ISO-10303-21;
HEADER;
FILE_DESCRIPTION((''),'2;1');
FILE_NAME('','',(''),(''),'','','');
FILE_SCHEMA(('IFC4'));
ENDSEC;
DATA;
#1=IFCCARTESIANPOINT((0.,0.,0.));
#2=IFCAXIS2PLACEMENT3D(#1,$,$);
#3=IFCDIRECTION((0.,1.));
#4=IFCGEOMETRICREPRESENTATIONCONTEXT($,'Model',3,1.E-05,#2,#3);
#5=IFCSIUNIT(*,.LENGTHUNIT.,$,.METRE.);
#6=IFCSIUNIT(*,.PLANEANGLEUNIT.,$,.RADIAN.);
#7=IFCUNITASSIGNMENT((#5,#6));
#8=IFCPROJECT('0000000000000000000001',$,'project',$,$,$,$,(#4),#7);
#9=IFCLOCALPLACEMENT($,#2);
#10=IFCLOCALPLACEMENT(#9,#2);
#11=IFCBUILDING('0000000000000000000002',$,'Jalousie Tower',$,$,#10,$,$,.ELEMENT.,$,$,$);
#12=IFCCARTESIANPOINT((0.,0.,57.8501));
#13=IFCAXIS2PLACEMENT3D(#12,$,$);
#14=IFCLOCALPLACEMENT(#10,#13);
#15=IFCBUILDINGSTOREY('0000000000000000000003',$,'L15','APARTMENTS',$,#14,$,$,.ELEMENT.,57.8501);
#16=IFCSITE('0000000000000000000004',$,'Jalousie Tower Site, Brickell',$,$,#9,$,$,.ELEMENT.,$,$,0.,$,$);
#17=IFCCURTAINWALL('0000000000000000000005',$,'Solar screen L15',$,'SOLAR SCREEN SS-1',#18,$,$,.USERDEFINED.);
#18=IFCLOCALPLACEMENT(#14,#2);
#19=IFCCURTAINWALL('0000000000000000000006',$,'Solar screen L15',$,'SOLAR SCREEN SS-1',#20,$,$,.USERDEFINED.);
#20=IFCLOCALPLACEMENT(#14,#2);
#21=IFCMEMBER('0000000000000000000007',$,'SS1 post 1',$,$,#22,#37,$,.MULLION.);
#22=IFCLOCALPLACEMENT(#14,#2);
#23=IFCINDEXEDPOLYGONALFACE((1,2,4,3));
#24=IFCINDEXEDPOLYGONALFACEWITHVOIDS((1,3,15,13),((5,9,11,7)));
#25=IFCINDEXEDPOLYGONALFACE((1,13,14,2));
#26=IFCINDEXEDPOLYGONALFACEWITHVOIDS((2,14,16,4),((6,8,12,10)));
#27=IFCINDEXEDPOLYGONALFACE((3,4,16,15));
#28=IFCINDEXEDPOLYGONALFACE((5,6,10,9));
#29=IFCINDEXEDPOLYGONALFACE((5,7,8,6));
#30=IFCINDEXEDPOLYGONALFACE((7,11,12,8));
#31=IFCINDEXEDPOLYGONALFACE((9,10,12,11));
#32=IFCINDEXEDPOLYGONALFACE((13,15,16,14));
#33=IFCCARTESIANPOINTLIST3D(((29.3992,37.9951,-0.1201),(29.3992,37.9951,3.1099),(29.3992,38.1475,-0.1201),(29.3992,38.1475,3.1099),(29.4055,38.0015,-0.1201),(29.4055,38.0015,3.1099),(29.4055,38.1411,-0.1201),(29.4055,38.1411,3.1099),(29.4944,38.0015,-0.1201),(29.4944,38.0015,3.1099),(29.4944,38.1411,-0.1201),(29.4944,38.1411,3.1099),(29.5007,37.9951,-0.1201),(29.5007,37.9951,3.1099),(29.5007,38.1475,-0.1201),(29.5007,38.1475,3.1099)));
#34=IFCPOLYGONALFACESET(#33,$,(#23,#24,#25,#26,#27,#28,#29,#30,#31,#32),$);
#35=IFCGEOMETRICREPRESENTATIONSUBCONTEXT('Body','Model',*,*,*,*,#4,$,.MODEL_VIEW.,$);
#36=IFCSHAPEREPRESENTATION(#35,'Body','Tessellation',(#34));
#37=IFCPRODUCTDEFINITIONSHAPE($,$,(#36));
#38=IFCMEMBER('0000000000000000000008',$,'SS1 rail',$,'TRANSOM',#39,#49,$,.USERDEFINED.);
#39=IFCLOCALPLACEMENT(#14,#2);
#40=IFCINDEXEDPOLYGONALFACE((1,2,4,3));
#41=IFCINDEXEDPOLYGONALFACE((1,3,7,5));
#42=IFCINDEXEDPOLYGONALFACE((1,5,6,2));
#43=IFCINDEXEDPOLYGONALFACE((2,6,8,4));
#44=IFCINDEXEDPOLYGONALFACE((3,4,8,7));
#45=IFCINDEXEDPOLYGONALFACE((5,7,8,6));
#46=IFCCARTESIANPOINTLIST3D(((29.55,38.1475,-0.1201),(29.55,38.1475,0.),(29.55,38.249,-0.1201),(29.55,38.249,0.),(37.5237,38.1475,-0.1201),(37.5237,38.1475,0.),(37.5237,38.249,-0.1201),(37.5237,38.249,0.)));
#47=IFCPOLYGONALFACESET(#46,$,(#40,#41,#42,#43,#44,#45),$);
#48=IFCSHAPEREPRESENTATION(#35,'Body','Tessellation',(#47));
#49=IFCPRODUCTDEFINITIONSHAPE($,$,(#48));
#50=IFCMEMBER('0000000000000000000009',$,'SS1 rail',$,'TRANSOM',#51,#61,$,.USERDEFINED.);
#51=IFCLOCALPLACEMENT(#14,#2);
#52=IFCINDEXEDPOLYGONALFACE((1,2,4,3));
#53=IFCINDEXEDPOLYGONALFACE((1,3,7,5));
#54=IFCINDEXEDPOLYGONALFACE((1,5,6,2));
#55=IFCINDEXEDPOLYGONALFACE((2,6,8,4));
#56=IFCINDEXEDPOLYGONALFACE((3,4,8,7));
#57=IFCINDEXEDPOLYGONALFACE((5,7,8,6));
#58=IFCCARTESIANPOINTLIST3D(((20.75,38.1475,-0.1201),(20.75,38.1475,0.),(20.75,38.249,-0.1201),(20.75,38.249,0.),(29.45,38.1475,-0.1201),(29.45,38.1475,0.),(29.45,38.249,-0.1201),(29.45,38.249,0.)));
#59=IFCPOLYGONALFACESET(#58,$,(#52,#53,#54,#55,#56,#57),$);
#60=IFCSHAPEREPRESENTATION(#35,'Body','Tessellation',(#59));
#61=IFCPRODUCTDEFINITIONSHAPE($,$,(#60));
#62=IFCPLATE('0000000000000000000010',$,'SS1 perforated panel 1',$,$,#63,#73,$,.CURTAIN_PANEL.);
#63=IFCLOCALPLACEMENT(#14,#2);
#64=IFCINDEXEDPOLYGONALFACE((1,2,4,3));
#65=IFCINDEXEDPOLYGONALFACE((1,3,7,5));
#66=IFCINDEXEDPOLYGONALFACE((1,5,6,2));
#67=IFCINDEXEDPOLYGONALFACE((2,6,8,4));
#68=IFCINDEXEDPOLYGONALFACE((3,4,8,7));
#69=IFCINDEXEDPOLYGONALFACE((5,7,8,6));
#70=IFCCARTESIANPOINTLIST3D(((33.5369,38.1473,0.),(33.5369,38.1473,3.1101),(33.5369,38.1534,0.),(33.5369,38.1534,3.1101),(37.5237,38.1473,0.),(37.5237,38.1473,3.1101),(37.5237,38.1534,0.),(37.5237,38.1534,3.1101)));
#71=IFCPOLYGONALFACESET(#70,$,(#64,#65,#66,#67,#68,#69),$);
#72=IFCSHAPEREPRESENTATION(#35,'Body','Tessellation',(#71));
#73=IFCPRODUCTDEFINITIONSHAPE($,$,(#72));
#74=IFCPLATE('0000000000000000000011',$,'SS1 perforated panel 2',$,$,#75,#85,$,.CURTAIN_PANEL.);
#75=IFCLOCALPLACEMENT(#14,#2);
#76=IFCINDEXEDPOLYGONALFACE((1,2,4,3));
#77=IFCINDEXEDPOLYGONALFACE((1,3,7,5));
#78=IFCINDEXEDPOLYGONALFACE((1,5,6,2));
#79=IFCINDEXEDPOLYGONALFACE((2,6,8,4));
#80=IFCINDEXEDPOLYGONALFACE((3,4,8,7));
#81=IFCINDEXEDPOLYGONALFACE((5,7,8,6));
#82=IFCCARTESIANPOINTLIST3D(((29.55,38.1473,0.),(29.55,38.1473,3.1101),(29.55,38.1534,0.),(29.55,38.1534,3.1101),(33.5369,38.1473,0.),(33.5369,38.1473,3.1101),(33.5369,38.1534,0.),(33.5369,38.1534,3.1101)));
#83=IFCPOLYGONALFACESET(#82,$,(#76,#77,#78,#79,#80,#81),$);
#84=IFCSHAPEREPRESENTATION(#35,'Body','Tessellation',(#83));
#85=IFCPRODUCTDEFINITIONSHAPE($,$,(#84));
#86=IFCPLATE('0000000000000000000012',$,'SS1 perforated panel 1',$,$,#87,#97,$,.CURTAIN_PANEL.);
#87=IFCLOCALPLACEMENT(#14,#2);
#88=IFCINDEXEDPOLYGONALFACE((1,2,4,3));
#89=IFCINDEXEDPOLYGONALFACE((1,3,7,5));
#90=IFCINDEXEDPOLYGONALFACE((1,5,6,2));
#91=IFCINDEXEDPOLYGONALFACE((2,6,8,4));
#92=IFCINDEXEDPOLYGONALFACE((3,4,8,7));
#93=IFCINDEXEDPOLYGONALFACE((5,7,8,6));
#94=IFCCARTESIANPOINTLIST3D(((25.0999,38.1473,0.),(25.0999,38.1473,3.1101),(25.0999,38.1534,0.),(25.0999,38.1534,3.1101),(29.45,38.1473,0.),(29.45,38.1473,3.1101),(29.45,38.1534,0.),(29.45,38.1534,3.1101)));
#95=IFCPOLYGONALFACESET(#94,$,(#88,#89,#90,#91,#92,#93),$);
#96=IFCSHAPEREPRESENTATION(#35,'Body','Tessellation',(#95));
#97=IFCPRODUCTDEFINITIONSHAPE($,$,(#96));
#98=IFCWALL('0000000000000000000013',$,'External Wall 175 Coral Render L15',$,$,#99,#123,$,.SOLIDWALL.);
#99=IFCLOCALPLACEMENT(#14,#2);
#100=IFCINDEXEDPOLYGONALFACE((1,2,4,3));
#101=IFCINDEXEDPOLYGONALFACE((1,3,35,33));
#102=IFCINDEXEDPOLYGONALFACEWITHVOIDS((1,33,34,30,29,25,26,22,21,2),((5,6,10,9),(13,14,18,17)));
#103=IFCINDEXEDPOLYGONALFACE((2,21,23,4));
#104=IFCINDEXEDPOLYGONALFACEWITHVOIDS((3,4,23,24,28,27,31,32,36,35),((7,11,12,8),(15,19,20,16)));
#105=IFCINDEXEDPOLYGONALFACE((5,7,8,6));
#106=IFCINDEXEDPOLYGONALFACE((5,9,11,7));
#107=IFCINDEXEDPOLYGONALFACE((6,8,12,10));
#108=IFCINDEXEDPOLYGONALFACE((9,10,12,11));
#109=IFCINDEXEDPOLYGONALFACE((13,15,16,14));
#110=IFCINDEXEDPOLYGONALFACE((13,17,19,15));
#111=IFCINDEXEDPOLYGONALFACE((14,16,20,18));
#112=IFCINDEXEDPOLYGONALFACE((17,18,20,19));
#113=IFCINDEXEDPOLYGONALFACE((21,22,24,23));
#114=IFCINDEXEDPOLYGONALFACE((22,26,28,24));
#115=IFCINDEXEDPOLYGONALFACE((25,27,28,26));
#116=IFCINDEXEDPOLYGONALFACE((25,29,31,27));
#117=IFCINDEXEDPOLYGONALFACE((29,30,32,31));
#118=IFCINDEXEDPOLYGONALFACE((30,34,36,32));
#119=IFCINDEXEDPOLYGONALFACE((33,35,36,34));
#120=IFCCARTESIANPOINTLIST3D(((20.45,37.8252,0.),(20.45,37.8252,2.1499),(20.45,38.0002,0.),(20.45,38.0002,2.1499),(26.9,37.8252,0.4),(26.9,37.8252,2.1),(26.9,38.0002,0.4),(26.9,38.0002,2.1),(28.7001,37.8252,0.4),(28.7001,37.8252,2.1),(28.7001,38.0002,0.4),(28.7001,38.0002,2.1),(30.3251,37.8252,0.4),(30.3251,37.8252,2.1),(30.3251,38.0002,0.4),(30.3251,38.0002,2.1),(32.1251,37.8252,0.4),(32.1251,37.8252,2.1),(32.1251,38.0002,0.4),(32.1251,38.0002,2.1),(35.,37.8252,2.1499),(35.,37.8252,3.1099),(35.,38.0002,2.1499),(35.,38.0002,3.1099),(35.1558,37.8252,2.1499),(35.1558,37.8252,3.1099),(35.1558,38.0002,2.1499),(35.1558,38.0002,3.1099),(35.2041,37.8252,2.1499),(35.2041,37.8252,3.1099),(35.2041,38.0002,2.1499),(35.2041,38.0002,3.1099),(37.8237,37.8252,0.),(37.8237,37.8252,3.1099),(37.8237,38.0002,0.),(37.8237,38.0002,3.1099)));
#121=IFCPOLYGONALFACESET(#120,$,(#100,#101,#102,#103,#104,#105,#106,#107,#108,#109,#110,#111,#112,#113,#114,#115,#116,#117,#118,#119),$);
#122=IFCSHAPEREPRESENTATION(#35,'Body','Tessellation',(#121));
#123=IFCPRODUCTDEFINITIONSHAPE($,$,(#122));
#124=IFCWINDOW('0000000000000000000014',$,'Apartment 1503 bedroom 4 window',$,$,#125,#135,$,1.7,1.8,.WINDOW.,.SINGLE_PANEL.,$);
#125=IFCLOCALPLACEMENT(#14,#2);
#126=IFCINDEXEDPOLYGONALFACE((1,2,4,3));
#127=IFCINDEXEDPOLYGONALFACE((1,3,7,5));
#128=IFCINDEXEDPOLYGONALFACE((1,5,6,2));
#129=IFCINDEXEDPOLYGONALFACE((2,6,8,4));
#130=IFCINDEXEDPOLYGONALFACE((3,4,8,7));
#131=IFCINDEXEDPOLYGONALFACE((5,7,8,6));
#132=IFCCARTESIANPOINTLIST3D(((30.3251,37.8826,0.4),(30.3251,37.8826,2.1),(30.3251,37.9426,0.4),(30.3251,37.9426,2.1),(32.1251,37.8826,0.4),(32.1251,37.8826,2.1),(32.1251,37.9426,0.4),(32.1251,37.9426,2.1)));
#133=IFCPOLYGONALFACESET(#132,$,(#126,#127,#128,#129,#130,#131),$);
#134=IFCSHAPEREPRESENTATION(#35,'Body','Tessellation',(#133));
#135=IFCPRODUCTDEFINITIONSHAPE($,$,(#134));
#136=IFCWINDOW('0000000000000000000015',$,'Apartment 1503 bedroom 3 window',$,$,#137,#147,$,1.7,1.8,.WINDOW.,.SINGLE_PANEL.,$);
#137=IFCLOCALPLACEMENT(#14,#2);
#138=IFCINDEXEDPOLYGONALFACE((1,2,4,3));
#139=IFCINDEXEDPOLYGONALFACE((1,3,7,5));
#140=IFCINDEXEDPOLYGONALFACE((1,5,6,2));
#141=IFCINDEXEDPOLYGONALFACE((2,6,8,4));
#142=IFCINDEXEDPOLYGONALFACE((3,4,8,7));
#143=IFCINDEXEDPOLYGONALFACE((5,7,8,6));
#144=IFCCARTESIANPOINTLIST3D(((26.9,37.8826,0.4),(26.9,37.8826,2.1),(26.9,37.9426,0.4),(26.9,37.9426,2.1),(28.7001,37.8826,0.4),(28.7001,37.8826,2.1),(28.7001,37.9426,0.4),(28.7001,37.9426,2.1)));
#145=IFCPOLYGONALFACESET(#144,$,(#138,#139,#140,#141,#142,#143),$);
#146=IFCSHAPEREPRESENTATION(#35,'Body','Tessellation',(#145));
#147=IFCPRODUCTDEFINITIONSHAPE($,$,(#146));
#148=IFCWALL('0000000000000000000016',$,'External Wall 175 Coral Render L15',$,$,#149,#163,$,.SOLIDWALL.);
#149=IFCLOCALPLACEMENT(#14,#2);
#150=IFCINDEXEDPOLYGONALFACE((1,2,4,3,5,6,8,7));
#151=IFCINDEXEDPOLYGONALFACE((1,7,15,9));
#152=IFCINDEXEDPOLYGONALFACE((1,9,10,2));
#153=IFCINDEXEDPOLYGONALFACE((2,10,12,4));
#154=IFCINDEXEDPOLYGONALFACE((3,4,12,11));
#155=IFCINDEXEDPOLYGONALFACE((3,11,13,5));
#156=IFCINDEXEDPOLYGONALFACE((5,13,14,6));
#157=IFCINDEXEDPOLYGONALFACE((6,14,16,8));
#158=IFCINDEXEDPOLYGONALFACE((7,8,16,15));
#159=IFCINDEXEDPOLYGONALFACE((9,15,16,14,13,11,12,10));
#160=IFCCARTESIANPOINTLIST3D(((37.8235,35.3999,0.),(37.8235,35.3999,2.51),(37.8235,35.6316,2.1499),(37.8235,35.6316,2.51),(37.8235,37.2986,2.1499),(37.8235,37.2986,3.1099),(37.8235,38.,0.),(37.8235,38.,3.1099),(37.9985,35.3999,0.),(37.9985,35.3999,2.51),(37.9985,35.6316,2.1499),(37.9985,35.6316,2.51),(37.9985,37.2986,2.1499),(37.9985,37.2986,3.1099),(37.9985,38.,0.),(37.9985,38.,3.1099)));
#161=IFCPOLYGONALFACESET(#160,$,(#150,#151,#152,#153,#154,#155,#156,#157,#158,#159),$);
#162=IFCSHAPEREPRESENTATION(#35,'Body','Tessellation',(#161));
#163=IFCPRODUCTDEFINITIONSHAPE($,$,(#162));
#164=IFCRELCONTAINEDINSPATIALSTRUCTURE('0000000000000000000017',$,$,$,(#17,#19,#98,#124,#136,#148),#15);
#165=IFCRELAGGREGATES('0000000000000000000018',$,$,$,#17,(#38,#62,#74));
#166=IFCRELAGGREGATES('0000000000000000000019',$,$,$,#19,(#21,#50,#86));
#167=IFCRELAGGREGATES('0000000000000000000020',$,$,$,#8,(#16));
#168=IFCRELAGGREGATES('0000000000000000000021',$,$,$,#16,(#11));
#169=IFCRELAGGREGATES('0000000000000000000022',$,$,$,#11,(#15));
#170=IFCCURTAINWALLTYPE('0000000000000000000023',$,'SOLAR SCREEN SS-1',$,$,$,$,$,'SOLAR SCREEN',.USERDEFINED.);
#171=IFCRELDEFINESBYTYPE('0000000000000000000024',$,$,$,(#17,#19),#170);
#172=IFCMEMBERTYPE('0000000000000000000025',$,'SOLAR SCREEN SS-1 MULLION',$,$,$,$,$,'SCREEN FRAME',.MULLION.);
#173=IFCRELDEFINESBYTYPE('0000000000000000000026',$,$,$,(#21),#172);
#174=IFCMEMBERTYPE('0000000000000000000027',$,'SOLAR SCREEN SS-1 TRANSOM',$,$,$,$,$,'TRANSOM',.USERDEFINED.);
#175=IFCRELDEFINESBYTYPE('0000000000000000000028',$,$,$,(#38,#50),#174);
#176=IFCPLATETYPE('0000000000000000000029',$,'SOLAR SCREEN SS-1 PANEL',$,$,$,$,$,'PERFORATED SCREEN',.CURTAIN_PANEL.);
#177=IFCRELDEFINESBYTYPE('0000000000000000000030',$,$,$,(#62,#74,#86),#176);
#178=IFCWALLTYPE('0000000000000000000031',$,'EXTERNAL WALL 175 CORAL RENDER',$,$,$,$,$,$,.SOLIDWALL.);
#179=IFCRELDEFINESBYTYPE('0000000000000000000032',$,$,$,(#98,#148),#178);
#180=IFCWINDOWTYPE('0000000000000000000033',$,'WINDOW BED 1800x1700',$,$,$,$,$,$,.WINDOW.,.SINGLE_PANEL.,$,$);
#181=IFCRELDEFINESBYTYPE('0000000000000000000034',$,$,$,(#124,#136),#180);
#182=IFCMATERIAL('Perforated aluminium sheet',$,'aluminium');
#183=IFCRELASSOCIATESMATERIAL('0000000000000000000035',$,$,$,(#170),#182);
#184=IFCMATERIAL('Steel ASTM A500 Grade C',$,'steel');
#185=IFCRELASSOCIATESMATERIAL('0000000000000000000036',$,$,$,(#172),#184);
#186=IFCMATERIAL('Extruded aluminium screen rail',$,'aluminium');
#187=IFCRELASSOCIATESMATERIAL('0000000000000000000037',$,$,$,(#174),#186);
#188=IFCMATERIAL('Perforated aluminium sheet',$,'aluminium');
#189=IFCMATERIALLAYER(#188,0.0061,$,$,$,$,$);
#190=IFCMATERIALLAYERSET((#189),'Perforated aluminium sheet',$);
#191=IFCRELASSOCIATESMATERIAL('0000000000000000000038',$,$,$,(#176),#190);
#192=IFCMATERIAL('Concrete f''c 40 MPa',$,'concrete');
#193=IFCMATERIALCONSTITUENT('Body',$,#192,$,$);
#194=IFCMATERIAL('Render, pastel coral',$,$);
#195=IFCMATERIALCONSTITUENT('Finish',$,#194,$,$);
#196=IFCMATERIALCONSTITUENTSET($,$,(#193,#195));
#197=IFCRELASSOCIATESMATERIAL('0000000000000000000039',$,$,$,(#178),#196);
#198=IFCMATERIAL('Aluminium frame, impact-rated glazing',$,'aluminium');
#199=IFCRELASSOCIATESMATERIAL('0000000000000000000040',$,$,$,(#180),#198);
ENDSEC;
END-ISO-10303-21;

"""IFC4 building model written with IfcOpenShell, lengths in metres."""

from ifc_helpers import new_model, si_unit, direction, frame, frame_2d, origin, origin_2d, place, context, subcontext, project, spatial, polyline, rectangle, hollow_rectangle, outline, extrude, material, layer, layer_set, constituent, constituent_set, material_profile, profile_set, type_object, element, fill, aggregate, save


model = new_model("IFC4")

# Units and contexts
model_context = context("Model", 3, precision=1e-05, world=origin(), true_north=direction((0.0, 1.0)))
body_context = subcontext(model_context, "Body", "Model", "MODEL_VIEW")
ifc_project = project(units=[si_unit("LENGTHUNIT", "METRE"), si_unit("PLANEANGLEUNIT", "RADIAN")], contexts=[model_context])

# Site, building, storey
site_placement = place(None, origin())
site = spatial("IfcSite", under=ifc_project, at=site_placement, Name="Jalousie Tower Site, Brickell", CompositionType="ELEMENT", RefElevation=0.0)
building_placement = place(site_placement, origin())
building = spatial("IfcBuilding", under=site, at=building_placement, Name="Jalousie Tower", CompositionType="ELEMENT")
storey_placement = place(building_placement, frame((0.0, 0.0, 57.8501)))
storey = spatial("IfcBuildingStorey", under=building, at=storey_placement, Name="L15", Description="APARTMENTS", CompositionType="ELEMENT", Elevation=57.8501)

# Curtain wall
ifc_material_1 = material(Name="Perforated aluminium sheet", Category="aluminium")
curtain_wall_type = type_object("IfcCurtainWallType", Name="SOLAR SCREEN SS-1", ElementType="SOLAR SCREEN", PredefinedType="USERDEFINED", material=ifc_material_1)
curtain_wall_1_placement = place(storey_placement, origin())
curtain_wall_1 = element("IfcCurtainWall", 1, at=curtain_wall_1_placement, inside=storey, type_object=curtain_wall_type, Name="Solar screen L15", ObjectType="SOLAR SCREEN SS-1", PredefinedType="USERDEFINED")
ifc_material_2 = material(Name="Steel ASTM A500 Grade C", Category="steel")
ifc_material_profile_1 = material_profile(ifc_material_2, hollow_rectangle(XDim=0.1016, YDim=0.1523, WallThickness=0.0063, at=origin_2d()), Name="HSS6X4X1/4")
ifc_profile_set_1 = profile_set([ifc_material_profile_1], Name="Steel ASTM A500 Grade C")
member_type_1 = type_object("IfcMemberType", Name="SOLAR SCREEN SS-1 MULLION", ElementType="SCREEN FRAME", PredefinedType="MULLION", material=ifc_profile_set_1)

# Curtain wall, member
curtain_wall_2_placement = place(storey_placement, origin())
curtain_wall_2 = element("IfcCurtainWall", 2, at=curtain_wall_2_placement, inside=storey, type_object=curtain_wall_type, Name="Solar screen L15", ObjectType="SOLAR SCREEN SS-1", PredefinedType="USERDEFINED")
member_1_placement = place(storey_placement, frame((29.45, 38.0713, -0.1201), z_axis=(0.0, 0.0, 1.0), x_axis=(-1.0, 0.0, 0.0)))
member_1 = element("IfcMember", 3, at=member_1_placement, type_object=member_type_1, Name="SS1 post 1", PredefinedType="MULLION", context=body_context, shape_type="SweptSolid", body=[
    extrude(hollow_rectangle(XDim=0.1016, YDim=0.1523, WallThickness=0.0063, at=origin_2d()), origin(), (0.0, 0.0, 1.0), 3.23),
])

# Members
ifc_material_3 = material(Name="Extruded aluminium screen rail", Category="aluminium")
ifc_material_profile_2 = material_profile(ifc_material_3, rectangle(XDim=0.1016, YDim=0.1201, at=origin_2d()), Name="RAIL 102x120")
ifc_profile_set_2 = profile_set([ifc_material_profile_2], Name="Extruded aluminium screen rail")
member_type_2 = type_object("IfcMemberType", Name="SOLAR SCREEN SS-1 TRANSOM", ElementType="TRANSOM", PredefinedType="USERDEFINED", material=ifc_profile_set_2)
member_2_placement = place(storey_placement, frame((37.5237, 38.1982, -0.0601), z_axis=(-1.0, 0.0, 0.0), x_axis=(0.0, -1.0, 0.0)))
member_2 = element("IfcMember", 4, at=member_2_placement, type_object=member_type_2, Name="SS1 rail", ObjectType="TRANSOM", PredefinedType="USERDEFINED", context=body_context, shape_type="SweptSolid", body=[
    extrude(rectangle(XDim=0.1016, YDim=0.1201, at=origin_2d()), origin(), (0.0, 0.0, 1.0), 7.9736),
])
member_3_placement = place(storey_placement, frame((29.45, 38.1982, -0.0601), z_axis=(-1.0, 0.0, 0.0), x_axis=(0.0, -1.0, 0.0)))
member_3 = element("IfcMember", 5, at=member_3_placement, type_object=member_type_2, Name="SS1 rail", ObjectType="TRANSOM", PredefinedType="USERDEFINED", context=body_context, shape_type="SweptSolid", body=[
    extrude(rectangle(XDim=0.1016, YDim=0.1201, at=origin_2d()), origin(), (0.0, 0.0, 1.0), 8.7),
])

# Plates
ifc_material_4 = material(Name="Perforated aluminium sheet", Category="aluminium")
ifc_layer_1 = layer(ifc_material_4, 0.0061)
ifc_layer_set_1 = layer_set([ifc_layer_1], Name="Perforated aluminium sheet")
plate_type = type_object("IfcPlateType", Name="SOLAR SCREEN SS-1 PANEL", ElementType="PERFORATED SCREEN", PredefinedType="CURTAIN_PANEL", material=ifc_layer_set_1)
plate_1_placement = place(storey_placement, frame((35.5303, 38.1504, 0.0), z_axis=(0.0, 0.0, 1.0), x_axis=(-1.0, 0.0, 0.0)))
plate_1 = element("IfcPlate", 6, at=plate_1_placement, type_object=plate_type, Name="SS1 perforated panel 1", PredefinedType="CURTAIN_PANEL", context=body_context, shape_type="SweptSolid", body=[
    extrude(rectangle(XDim=3.9868, YDim=0.0061, at=origin_2d()), origin(), (0.0, 0.0, 1.0), 3.1101),
])
plate_2_placement = place(storey_placement, frame((31.5435, 38.1504, 0.0), z_axis=(0.0, 0.0, 1.0), x_axis=(-1.0, 0.0, 0.0)))
plate_2 = element("IfcPlate", 7, at=plate_2_placement, type_object=plate_type, Name="SS1 perforated panel 2", PredefinedType="CURTAIN_PANEL", context=body_context, shape_type="SweptSolid", body=[
    extrude(rectangle(XDim=3.9868, YDim=0.0061, at=origin_2d()), origin(), (0.0, 0.0, 1.0), 3.1101),
])
aggregate(curtain_wall_1, [member_2, plate_1, plate_2])
plate_3_placement = place(storey_placement, frame((27.2749, 38.1504, 0.0), z_axis=(0.0, 0.0, 1.0), x_axis=(-1.0, 0.0, 0.0)))
plate_3 = element("IfcPlate", 8, at=plate_3_placement, type_object=plate_type, Name="SS1 perforated panel 1", PredefinedType="CURTAIN_PANEL", context=body_context, shape_type="SweptSolid", body=[
    extrude(rectangle(XDim=4.3501, YDim=0.0061, at=origin_2d()), origin(), (0.0, 0.0, 1.0), 3.1101),
])
aggregate(curtain_wall_2, [member_1, member_3, plate_3])

# Wall, openings, windows
ifc_material_5 = material(Name="Concrete f'c 40 MPa", Category="concrete")
ifc_constituent_1 = constituent(ifc_material_5, Name="Body")
ifc_material_6 = material(Name="Render, pastel coral")
ifc_constituent_2 = constituent(ifc_material_6, Name="Finish")
ifc_constituent_set_1 = constituent_set(constituents=[ifc_constituent_1, ifc_constituent_2])
wall_type_1 = type_object("IfcWallType", Name="EXTERNAL WALL 175 CORAL RENDER", PredefinedType="SOLIDWALL", material=ifc_constituent_set_1)
wall_1_placement = place(storey_placement, frame((37.8237, 37.9126, 0.0), z_axis=(0.0, 0.0, 1.0), x_axis=(-1.0, 0.0, 0.0)))
wall_1 = element("IfcWall", 9, at=wall_1_placement, inside=storey, type_object=wall_type_1, Name="External Wall 175 Coral Render L15", PredefinedType="SOLIDWALL", context=body_context, shape_type="SweptSolid", body=[
    extrude(outline(polyline([(0.0, 0.0), (17.3738, 0.0), (17.3738, 2.1499), (2.8237, 2.1499), (2.8237, 3.1099), (2.668, 3.1099), (2.668, 2.1499), (2.6196, 2.1499), (2.6196, 3.1099), (0.0, 3.1099), (0.0, 0.0)])), frame((0.0, 0.0874, 0.0), z_axis=(0.0, -1.0, 0.0), x_axis=(1.0, 0.0, 0.0)), (0.0, 0.0, 1.0), 0.175),
])
opening_1_placement = place(wall_1_placement, frame((5.6987, 0.0, 0.3999)))
opening_1 = element("IfcOpeningElement", 10, at=opening_1_placement, cuts=wall_1, PredefinedType="OPENING", context=body_context, shape_type="SweptSolid", body=[
    extrude(rectangle(XDim=1.8, YDim=1.7, at=frame_2d((0.8999, 0.8501))), frame((0.0, 0.0974, 0.0), z_axis=(0.0, -1.0, 0.0), x_axis=(1.0, 0.0, 0.0)), (0.0, 0.0, 1.0), 0.1951),
])
opening_2_placement = place(wall_1_placement, frame((9.1238, 0.0, 0.3999)))
opening_2 = element("IfcOpeningElement", 11, at=opening_2_placement, cuts=wall_1, PredefinedType="OPENING", context=body_context, shape_type="SweptSolid", body=[
    extrude(rectangle(XDim=1.8, YDim=1.7, at=frame_2d((0.8999, 0.8501))), frame((0.0, 0.0974, 0.0), z_axis=(0.0, -1.0, 0.0), x_axis=(1.0, 0.0, 0.0)), (0.0, 0.0, 1.0), 0.1951),
])
ifc_material_7 = material(Name="Aluminium frame, impact-rated glazing", Category="aluminium")
window_type = type_object("IfcWindowType", Name="WINDOW BED 1800x1700", PartitioningType="SINGLE_PANEL", PredefinedType="WINDOW", material=ifc_material_7)
window_1_placement = place(opening_1_placement, origin())
window_1 = element("IfcWindow", 12, at=window_1_placement, inside=storey, type_object=window_type, Name="Apartment 1503 bedroom 4 window", OverallHeight=1.7, OverallWidth=1.8, PartitioningType="SINGLE_PANEL", PredefinedType="WINDOW", context=body_context, shape_type="SweptSolid", body=[
    extrude(rectangle(XDim=1.8, YDim=1.7, at=frame_2d((0.8999, 0.8501))), frame((0.0, 0.03, 0.0), z_axis=(0.0, -1.0, 0.0), x_axis=(1.0, 0.0, 0.0)), (0.0, 0.0, 1.0), 0.0601),
])
fill(opening_1, window_1)
window_2_placement = place(opening_2_placement, origin())
window_2 = element("IfcWindow", 13, at=window_2_placement, inside=storey, type_object=window_type, Name="Apartment 1503 bedroom 3 window", OverallHeight=1.7, OverallWidth=1.8, PartitioningType="SINGLE_PANEL", PredefinedType="WINDOW", context=body_context, shape_type="SweptSolid", body=[
    extrude(rectangle(XDim=1.8, YDim=1.7, at=frame_2d((0.8999, 0.8501))), frame((0.0, 0.03, 0.0), z_axis=(0.0, -1.0, 0.0), x_axis=(1.0, 0.0, 0.0)), (0.0, 0.0, 1.0), 0.0601),
])
fill(opening_2, window_2)

# Wall
wall_2_placement = place(storey_placement, frame((37.9111, 38.0, 0.0), z_axis=(0.0, 0.0, 1.0), x_axis=(0.0, -1.0, 0.0)))
element("IfcWall", 14, at=wall_2_placement, inside=storey, type_object=wall_type_1, Name="External Wall 175 Coral Render L15", PredefinedType="SOLIDWALL", context=body_context, shape_type="SweptSolid", body=[
    extrude(outline(polyline([(0.0, 0.0), (2.6001, 0.0), (2.6001, 2.51), (2.3684, 2.51), (2.3684, 2.1499), (0.7014, 2.1499), (0.7014, 3.1099), (0.0, 3.1099), (0.0, 0.0)])), frame((0.0, 0.0874, 0.0), z_axis=(0.0, -1.0, 0.0), x_axis=(1.0, 0.0, 0.0)), (0.0, 0.0, 1.0), 0.175),
])

save(model, "model.ifc")
